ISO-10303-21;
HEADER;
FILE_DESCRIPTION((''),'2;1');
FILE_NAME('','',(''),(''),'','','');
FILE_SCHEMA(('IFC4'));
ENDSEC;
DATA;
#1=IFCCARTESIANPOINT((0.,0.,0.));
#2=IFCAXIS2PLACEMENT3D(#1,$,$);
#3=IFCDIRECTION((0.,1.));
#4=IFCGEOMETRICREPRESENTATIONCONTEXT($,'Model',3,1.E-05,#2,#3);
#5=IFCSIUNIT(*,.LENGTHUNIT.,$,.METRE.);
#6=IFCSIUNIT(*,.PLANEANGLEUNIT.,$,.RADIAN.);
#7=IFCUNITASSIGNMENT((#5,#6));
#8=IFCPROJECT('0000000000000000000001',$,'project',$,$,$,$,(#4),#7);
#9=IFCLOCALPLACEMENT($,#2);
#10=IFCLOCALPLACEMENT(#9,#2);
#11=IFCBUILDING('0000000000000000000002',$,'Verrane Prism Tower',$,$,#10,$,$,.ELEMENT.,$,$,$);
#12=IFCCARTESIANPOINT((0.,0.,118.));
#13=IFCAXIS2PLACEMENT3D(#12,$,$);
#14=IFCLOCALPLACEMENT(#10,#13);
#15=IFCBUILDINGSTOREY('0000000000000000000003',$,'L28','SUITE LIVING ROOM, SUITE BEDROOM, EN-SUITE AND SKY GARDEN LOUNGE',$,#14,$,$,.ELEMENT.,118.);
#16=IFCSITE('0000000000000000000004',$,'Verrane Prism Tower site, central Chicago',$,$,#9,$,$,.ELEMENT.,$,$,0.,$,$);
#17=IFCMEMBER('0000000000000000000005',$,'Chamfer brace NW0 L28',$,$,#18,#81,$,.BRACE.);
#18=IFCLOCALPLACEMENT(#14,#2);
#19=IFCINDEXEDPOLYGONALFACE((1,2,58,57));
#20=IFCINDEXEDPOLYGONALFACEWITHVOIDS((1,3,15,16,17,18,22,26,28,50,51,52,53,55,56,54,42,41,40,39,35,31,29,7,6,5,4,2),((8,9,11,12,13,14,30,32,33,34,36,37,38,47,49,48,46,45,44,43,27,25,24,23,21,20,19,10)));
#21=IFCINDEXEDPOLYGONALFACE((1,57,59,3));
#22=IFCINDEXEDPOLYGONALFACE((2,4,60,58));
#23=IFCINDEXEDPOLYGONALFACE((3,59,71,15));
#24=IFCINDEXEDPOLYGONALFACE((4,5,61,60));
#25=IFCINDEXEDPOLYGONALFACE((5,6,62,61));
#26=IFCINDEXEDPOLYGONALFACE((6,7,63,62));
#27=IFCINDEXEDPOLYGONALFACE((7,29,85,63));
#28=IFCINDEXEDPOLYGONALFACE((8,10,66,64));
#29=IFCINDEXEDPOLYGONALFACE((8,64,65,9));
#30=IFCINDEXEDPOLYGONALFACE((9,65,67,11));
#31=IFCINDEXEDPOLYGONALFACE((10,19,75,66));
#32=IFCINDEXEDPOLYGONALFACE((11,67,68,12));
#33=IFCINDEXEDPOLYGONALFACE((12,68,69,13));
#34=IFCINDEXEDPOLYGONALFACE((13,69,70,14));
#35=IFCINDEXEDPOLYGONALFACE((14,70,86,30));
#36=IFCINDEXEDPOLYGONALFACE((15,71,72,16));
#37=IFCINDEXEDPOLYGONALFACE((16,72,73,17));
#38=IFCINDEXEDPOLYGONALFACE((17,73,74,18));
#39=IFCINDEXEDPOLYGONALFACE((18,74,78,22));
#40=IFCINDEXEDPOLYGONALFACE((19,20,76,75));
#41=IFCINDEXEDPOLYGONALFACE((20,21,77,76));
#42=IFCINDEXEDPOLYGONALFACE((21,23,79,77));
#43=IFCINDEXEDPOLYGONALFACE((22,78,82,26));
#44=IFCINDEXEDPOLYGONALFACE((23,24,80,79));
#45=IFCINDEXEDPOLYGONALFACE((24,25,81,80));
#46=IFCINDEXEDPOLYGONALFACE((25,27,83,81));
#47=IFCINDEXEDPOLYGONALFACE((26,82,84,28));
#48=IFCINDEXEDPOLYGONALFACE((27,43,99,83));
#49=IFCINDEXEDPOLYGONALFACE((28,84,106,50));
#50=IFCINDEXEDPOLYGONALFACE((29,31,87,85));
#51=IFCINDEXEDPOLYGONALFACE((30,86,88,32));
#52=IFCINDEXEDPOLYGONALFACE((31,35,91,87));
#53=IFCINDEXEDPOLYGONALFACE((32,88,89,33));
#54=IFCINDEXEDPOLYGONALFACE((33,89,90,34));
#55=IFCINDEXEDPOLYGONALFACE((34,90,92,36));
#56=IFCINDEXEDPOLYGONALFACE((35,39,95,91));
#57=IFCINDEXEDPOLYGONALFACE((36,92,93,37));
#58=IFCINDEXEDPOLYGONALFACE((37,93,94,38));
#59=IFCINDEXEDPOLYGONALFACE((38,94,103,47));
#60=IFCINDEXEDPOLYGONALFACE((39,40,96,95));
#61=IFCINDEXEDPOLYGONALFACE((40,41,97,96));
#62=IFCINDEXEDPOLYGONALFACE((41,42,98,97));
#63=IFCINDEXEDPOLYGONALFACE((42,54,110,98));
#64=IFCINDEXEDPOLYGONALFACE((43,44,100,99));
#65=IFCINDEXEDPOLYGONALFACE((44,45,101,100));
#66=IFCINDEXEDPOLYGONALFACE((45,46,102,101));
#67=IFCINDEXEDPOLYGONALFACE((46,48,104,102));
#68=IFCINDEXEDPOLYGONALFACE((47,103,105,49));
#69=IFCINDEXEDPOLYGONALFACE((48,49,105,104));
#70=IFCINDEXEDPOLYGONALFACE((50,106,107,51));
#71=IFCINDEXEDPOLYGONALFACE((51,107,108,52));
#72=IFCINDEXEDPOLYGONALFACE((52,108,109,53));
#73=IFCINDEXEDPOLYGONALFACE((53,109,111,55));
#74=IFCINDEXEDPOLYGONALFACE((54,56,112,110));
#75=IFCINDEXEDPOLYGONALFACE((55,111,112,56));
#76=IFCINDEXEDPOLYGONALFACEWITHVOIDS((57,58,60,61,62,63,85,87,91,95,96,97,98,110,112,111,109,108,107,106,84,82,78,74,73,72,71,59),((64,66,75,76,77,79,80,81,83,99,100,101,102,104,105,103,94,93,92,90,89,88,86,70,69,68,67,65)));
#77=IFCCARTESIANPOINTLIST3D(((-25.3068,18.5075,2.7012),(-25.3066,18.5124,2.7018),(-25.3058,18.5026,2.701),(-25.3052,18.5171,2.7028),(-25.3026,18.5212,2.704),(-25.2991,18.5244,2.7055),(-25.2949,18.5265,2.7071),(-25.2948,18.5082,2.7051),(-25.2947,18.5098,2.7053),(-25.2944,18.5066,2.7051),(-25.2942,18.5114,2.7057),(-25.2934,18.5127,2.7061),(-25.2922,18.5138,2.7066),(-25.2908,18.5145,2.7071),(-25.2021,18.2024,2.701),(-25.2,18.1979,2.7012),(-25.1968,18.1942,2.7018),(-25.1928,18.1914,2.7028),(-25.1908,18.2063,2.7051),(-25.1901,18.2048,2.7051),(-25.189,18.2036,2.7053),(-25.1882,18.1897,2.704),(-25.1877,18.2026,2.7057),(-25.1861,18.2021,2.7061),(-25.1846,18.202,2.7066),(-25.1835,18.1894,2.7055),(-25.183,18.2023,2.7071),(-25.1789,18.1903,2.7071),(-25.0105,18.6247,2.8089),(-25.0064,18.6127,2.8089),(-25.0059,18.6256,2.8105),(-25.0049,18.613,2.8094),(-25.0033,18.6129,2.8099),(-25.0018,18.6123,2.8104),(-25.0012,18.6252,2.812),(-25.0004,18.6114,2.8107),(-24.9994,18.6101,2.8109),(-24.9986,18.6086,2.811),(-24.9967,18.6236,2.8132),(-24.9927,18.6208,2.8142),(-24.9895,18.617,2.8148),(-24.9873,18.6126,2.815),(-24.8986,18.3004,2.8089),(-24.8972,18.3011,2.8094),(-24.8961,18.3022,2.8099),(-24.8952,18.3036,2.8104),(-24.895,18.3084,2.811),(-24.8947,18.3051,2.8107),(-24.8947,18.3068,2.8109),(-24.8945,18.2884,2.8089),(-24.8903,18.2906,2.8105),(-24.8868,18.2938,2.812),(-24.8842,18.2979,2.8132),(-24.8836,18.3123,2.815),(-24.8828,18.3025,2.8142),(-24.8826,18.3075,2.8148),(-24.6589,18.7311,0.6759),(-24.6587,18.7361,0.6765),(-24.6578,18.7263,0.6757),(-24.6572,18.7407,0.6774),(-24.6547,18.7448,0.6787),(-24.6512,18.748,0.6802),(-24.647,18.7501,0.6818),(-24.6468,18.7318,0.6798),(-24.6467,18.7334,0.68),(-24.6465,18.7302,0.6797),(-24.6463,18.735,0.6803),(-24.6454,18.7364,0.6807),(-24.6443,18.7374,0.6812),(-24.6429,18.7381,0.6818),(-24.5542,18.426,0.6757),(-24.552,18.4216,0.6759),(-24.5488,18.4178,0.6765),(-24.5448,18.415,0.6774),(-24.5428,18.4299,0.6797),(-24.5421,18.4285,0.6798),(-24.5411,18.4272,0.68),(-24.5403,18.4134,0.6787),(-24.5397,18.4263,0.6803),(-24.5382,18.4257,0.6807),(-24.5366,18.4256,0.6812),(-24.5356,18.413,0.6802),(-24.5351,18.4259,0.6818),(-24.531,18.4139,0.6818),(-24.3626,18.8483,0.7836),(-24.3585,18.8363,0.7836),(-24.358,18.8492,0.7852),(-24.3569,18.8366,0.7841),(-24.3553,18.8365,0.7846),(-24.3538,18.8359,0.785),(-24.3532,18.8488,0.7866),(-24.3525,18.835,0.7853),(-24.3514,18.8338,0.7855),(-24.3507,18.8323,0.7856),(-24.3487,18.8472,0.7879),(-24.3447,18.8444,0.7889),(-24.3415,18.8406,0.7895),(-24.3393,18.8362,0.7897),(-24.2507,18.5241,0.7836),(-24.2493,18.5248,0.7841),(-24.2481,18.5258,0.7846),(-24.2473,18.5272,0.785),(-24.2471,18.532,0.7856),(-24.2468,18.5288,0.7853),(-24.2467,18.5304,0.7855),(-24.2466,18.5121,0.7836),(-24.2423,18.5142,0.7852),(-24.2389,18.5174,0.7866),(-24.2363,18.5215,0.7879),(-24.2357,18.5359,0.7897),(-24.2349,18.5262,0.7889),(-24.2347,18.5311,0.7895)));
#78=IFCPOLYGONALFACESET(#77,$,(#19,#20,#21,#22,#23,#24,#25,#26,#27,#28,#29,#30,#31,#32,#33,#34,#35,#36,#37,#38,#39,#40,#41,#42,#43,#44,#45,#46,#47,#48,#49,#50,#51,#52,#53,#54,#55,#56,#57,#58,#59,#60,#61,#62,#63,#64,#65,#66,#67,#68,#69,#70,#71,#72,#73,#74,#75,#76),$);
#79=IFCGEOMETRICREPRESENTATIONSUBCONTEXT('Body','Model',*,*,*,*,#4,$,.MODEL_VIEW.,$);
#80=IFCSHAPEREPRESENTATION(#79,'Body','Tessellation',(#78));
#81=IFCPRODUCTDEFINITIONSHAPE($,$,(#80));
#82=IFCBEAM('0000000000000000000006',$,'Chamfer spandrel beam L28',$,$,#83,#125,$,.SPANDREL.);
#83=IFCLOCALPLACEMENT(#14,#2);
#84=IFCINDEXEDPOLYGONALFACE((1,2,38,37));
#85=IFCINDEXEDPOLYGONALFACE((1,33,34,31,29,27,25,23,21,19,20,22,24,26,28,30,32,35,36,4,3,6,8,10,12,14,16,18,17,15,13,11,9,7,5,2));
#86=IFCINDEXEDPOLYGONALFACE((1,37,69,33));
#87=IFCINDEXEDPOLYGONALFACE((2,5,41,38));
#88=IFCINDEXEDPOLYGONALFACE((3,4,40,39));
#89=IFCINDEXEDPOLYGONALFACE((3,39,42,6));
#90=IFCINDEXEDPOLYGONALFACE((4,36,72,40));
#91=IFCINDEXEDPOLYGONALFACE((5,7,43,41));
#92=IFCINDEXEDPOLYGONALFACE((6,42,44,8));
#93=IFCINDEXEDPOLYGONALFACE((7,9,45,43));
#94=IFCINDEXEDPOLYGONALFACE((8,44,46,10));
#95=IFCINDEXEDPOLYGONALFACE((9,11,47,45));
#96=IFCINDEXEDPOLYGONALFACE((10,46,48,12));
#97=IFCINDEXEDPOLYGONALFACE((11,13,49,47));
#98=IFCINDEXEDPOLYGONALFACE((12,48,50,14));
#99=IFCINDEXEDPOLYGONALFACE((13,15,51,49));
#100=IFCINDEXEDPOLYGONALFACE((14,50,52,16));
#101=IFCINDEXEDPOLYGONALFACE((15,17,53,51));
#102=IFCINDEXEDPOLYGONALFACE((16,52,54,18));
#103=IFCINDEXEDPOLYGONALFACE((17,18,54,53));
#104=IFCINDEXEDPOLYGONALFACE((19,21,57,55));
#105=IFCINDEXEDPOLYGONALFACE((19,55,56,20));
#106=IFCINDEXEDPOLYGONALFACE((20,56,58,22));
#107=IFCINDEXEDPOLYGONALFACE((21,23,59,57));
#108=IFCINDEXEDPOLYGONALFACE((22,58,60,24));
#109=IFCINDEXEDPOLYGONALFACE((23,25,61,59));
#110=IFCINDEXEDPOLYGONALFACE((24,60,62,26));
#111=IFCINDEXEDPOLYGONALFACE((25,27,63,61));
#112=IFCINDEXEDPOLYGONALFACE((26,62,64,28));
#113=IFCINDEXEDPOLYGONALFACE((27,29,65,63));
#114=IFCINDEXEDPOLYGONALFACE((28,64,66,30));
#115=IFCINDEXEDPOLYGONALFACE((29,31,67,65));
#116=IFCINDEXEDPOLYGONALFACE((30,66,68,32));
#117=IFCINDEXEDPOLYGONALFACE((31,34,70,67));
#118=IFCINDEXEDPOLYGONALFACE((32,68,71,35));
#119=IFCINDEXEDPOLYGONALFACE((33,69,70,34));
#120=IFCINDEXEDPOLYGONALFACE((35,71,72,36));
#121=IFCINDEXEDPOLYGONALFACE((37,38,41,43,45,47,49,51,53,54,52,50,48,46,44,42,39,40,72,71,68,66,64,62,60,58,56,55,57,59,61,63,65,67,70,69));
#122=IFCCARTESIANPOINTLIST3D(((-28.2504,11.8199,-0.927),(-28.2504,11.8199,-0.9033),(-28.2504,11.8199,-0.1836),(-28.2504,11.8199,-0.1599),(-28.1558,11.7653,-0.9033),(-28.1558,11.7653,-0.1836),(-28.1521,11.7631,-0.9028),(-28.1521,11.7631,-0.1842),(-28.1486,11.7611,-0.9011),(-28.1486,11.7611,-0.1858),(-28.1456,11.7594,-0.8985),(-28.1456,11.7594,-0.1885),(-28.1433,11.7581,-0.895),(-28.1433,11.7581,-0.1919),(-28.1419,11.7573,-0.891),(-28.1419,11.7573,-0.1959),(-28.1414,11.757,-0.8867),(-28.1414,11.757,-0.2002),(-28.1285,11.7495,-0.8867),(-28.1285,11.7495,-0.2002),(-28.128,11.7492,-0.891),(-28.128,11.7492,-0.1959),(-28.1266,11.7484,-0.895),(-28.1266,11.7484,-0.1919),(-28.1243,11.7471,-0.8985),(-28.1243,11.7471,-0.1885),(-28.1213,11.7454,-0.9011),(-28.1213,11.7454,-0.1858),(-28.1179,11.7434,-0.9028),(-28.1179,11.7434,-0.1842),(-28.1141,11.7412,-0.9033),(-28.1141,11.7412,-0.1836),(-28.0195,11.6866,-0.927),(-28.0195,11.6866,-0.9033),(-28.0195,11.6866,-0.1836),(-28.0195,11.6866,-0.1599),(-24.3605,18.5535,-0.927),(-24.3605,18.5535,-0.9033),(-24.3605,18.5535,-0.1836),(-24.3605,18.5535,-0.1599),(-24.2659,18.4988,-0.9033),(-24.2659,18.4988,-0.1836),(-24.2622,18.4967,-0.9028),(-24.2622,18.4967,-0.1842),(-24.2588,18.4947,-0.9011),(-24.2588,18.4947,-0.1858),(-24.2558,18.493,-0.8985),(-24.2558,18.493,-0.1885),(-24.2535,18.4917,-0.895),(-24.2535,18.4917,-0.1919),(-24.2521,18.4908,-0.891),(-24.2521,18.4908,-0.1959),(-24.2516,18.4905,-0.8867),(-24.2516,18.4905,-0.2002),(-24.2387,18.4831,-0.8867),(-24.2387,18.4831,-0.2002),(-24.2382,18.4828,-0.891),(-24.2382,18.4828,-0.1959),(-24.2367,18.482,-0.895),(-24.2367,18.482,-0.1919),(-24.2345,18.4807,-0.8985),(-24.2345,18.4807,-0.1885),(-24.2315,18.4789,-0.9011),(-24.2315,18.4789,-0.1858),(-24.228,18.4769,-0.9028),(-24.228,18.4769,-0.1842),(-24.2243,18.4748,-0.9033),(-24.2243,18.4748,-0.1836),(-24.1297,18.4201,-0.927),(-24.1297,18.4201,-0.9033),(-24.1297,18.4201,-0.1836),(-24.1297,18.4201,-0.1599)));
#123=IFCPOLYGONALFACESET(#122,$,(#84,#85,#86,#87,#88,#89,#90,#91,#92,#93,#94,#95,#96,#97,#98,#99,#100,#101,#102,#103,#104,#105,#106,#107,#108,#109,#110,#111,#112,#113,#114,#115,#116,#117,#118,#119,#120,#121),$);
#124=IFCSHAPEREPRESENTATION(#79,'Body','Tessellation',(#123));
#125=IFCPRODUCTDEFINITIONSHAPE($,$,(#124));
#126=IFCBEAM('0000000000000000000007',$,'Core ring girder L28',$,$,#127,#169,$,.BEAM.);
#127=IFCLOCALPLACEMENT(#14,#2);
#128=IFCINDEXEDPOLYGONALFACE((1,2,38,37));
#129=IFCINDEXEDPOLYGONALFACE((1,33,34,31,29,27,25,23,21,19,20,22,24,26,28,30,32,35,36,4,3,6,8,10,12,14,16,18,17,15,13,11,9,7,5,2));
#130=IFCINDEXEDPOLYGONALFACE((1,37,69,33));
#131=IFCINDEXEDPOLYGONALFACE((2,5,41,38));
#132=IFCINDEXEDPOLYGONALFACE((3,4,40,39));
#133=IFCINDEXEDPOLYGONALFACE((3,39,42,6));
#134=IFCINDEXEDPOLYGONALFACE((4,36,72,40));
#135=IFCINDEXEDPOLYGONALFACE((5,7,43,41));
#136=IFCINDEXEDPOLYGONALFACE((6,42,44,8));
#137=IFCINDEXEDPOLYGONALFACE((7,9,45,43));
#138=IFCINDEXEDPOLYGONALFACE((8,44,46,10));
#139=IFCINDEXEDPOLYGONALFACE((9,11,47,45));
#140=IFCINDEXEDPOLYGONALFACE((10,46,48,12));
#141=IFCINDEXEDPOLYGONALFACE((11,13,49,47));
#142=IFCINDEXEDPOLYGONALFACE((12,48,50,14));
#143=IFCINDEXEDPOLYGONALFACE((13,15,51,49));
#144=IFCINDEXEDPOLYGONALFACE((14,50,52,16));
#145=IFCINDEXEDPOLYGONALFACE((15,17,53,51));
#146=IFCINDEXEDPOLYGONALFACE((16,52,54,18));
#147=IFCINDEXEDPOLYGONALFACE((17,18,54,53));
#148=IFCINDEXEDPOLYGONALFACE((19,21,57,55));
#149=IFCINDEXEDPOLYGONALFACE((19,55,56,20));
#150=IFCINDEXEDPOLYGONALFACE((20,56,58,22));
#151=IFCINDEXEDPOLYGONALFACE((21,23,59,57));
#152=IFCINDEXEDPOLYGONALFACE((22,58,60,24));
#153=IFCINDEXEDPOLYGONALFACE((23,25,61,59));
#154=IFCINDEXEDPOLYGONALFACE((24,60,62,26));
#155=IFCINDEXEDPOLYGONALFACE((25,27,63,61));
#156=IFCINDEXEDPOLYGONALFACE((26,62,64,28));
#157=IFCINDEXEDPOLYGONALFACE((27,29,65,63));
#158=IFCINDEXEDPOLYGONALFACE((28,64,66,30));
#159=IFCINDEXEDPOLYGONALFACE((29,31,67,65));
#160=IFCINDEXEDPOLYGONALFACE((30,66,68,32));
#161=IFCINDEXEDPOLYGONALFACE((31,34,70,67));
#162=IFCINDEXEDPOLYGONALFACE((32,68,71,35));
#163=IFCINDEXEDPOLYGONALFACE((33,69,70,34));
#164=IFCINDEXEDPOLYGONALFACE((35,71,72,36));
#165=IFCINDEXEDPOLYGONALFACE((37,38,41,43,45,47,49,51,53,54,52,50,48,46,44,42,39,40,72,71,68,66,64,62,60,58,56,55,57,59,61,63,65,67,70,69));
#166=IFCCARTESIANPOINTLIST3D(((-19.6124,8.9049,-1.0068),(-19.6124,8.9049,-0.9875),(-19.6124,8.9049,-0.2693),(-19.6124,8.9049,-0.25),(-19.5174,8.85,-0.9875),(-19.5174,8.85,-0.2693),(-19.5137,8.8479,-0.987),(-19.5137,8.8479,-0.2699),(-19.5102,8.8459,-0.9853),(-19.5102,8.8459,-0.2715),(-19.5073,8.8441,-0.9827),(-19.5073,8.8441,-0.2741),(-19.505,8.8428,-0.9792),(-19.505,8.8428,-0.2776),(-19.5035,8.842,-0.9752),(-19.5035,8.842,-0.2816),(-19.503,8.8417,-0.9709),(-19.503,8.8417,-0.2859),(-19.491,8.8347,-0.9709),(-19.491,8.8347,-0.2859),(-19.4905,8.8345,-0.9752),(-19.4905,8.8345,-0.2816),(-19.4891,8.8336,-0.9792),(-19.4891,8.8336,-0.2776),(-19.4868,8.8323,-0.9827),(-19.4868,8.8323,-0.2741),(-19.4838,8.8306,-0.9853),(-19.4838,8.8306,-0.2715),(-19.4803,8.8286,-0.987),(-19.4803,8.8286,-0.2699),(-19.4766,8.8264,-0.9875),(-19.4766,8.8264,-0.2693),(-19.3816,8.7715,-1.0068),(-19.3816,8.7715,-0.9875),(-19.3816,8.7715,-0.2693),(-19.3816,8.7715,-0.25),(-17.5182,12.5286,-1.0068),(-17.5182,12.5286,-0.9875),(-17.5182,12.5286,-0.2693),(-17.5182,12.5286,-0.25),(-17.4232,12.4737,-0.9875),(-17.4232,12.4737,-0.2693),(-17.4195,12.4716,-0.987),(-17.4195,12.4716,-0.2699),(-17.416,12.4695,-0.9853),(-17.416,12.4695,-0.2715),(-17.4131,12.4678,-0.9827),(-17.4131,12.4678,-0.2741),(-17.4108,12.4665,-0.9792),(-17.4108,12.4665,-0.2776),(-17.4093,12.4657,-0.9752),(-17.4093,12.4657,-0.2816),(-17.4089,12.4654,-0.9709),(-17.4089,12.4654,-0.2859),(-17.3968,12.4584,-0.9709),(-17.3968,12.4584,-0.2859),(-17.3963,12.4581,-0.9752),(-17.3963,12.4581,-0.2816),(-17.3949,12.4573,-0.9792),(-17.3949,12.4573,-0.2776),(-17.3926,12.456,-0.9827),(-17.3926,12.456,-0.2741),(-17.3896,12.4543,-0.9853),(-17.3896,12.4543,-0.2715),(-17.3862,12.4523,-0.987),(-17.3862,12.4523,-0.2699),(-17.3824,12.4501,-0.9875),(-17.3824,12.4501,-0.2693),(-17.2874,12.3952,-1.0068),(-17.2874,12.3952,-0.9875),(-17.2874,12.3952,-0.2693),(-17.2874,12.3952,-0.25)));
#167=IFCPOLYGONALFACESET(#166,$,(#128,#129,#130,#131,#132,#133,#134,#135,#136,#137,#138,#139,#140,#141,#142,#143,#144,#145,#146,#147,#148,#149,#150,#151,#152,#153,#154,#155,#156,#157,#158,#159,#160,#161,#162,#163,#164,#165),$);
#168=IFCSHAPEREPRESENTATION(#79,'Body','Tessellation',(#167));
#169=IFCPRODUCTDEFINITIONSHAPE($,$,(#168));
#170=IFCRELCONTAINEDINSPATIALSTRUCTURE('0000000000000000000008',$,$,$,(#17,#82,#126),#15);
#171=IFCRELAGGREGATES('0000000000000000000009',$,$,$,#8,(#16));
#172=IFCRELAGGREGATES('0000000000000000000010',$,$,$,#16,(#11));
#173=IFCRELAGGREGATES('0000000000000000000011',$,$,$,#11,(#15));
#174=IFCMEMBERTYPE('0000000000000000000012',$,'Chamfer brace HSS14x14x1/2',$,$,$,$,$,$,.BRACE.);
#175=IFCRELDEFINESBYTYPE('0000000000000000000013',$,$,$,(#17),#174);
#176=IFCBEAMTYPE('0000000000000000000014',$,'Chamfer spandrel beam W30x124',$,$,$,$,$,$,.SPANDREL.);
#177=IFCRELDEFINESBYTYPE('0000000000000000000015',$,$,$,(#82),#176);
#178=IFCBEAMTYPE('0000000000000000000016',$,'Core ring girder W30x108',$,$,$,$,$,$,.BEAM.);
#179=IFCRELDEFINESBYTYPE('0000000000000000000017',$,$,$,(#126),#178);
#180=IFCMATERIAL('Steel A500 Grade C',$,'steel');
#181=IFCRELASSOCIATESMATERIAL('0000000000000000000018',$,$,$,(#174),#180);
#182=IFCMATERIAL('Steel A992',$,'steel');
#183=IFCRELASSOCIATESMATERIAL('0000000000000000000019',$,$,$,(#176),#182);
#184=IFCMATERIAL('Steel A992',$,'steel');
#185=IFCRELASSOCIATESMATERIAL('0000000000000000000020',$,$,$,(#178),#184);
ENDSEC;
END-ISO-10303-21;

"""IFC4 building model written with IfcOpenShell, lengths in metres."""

from ifc_helpers import new_model, si_unit, direction, frame, origin, origin_2d, place, context, subcontext, project, spatial, hollow_rectangle, i_section, extrude, material, material_profile, profile_set, type_object, element, save


model = new_model("IFC4")

# Units and contexts
model_context = context("Model", 3, precision=1e-05, world=origin(), true_north=direction((0.0, 1.0)))
body_context = subcontext(model_context, "Body", "Model", "MODEL_VIEW")
ifc_project = project(units=[si_unit("LENGTHUNIT", "METRE"), si_unit("PLANEANGLEUNIT", "RADIAN")], contexts=[model_context])

# Site, building, storey
site_placement = place(None, origin())
site = spatial("IfcSite", under=ifc_project, at=site_placement, Name="Verrane Prism Tower site, central Chicago", CompositionType="ELEMENT", RefElevation=0.0)
building_placement = place(site_placement, origin())
building = spatial("IfcBuilding", under=site, at=building_placement, Name="Verrane Prism Tower", CompositionType="ELEMENT")
storey_placement = place(building_placement, frame((0.0, 0.0, 118.0)))
storey = spatial("IfcBuildingStorey", under=building, at=storey_placement, Name="L28", Description="SUITE LIVING ROOM, SUITE BEDROOM, EN-SUITE AND SKY GARDEN LOUNGE", CompositionType="ELEMENT", Elevation=118.0)

# Member
ifc_material_1 = material(Name="Steel A500 Grade C", Category="steel")
ifc_material_profile_1 = material_profile(ifc_material_1, hollow_rectangle(XDim=0.3557, YDim=0.3557, WallThickness=0.0127, InnerFilletRadius=0.0063, OuterFilletRadius=0.019, at=origin_2d()), Name="HSS14x14x1/2")
ifc_profile_set_1 = profile_set([ifc_material_profile_1], Name="Steel A500 Grade C")
member_type_1 = type_object("IfcMemberType", Name="Chamfer brace HSS14x14x1/2", PredefinedType="BRACE", material=ifc_profile_set_1)
member_1_placement = place(storey_placement, frame((-24.4468, 18.6311, 0.7327), z_axis=(-0.30303, -0.104587, 0.947225), x_axis=(0.326254, -0.945282, 0.0)))
element("IfcMember", 1, at=member_1_placement, inside=storey, type_object=member_type_1, Name="Chamfer brace NW0 L28", PredefinedType="BRACE", context=body_context, shape_type="SweptSolid", body=[
    extrude(hollow_rectangle(XDim=0.3557, YDim=0.3557, WallThickness=0.0127, InnerFilletRadius=0.0063, OuterFilletRadius=0.019, at=origin_2d()), origin(), (0.0, 0.0, 1.0), 2.1382),
])

# Beams
ifc_material_2 = material(Name="Steel A992", Category="steel")
ifc_material_profile_2 = material_profile(ifc_material_2, i_section(OverallWidth=0.2666, OverallDepth=0.7671, WebThickness=0.0149, FlangeThickness=0.0237, FilletRadius=0.0166, at=origin_2d()), Name="W30x124")
ifc_profile_set_2 = profile_set([ifc_material_profile_2], Name="Steel A992")
beam_type_1 = type_object("IfcBeamType", Name="Chamfer spandrel beam W30x124", PredefinedType="SPANDREL", material=ifc_profile_set_2)
beam_1_placement = place(storey_placement, frame((-24.2451, 18.4868, -0.5435), z_axis=(-0.500214, -0.865902, 0.0), x_axis=(0.865902, -0.500214, 0.0)))
element("IfcBeam", 2, at=beam_1_placement, inside=storey, type_object=beam_type_1, Name="Chamfer spandrel beam L28", PredefinedType="SPANDREL", context=body_context, shape_type="SweptSolid", body=[
    extrude(i_section(OverallWidth=0.2666, OverallDepth=0.7671, WebThickness=0.0149, FlangeThickness=0.0237, FilletRadius=0.0166, at=origin_2d()), origin(), (0.0, 0.0, 1.0), 7.7764),
])
ifc_material_3 = material(Name="Steel A992", Category="steel")
ifc_material_profile_3 = material_profile(ifc_material_3, i_section(OverallWidth=0.2666, OverallDepth=0.7568, WebThickness=0.0139, FlangeThickness=0.0193, FilletRadius=0.0166, at=origin_2d()), Name="W30x108")
ifc_profile_set_3 = profile_set([ifc_material_profile_3], Name="Steel A992")
beam_type_2 = type_object("IfcBeamType", Name="Core ring girder W30x108", PredefinedType="BEAM", material=ifc_profile_set_3)
beam_2_placement = place(storey_placement, frame((-17.4028, 12.4619, -0.6284), z_axis=(-0.500367, -0.865813, 0.0), x_axis=(0.865813, -0.500367, 0.0)))
element("IfcBeam", 3, at=beam_2_placement, inside=storey, type_object=beam_type_2, Name="Core ring girder L28", PredefinedType="BEAM", context=body_context, shape_type="SweptSolid", body=[
    extrude(i_section(OverallWidth=0.2666, OverallDepth=0.7568, WebThickness=0.0139, FlangeThickness=0.0193, FilletRadius=0.0166, at=origin_2d()), origin(), (0.0, 0.0, 1.0), 4.1853),
])

save(model, "model.ifc")
